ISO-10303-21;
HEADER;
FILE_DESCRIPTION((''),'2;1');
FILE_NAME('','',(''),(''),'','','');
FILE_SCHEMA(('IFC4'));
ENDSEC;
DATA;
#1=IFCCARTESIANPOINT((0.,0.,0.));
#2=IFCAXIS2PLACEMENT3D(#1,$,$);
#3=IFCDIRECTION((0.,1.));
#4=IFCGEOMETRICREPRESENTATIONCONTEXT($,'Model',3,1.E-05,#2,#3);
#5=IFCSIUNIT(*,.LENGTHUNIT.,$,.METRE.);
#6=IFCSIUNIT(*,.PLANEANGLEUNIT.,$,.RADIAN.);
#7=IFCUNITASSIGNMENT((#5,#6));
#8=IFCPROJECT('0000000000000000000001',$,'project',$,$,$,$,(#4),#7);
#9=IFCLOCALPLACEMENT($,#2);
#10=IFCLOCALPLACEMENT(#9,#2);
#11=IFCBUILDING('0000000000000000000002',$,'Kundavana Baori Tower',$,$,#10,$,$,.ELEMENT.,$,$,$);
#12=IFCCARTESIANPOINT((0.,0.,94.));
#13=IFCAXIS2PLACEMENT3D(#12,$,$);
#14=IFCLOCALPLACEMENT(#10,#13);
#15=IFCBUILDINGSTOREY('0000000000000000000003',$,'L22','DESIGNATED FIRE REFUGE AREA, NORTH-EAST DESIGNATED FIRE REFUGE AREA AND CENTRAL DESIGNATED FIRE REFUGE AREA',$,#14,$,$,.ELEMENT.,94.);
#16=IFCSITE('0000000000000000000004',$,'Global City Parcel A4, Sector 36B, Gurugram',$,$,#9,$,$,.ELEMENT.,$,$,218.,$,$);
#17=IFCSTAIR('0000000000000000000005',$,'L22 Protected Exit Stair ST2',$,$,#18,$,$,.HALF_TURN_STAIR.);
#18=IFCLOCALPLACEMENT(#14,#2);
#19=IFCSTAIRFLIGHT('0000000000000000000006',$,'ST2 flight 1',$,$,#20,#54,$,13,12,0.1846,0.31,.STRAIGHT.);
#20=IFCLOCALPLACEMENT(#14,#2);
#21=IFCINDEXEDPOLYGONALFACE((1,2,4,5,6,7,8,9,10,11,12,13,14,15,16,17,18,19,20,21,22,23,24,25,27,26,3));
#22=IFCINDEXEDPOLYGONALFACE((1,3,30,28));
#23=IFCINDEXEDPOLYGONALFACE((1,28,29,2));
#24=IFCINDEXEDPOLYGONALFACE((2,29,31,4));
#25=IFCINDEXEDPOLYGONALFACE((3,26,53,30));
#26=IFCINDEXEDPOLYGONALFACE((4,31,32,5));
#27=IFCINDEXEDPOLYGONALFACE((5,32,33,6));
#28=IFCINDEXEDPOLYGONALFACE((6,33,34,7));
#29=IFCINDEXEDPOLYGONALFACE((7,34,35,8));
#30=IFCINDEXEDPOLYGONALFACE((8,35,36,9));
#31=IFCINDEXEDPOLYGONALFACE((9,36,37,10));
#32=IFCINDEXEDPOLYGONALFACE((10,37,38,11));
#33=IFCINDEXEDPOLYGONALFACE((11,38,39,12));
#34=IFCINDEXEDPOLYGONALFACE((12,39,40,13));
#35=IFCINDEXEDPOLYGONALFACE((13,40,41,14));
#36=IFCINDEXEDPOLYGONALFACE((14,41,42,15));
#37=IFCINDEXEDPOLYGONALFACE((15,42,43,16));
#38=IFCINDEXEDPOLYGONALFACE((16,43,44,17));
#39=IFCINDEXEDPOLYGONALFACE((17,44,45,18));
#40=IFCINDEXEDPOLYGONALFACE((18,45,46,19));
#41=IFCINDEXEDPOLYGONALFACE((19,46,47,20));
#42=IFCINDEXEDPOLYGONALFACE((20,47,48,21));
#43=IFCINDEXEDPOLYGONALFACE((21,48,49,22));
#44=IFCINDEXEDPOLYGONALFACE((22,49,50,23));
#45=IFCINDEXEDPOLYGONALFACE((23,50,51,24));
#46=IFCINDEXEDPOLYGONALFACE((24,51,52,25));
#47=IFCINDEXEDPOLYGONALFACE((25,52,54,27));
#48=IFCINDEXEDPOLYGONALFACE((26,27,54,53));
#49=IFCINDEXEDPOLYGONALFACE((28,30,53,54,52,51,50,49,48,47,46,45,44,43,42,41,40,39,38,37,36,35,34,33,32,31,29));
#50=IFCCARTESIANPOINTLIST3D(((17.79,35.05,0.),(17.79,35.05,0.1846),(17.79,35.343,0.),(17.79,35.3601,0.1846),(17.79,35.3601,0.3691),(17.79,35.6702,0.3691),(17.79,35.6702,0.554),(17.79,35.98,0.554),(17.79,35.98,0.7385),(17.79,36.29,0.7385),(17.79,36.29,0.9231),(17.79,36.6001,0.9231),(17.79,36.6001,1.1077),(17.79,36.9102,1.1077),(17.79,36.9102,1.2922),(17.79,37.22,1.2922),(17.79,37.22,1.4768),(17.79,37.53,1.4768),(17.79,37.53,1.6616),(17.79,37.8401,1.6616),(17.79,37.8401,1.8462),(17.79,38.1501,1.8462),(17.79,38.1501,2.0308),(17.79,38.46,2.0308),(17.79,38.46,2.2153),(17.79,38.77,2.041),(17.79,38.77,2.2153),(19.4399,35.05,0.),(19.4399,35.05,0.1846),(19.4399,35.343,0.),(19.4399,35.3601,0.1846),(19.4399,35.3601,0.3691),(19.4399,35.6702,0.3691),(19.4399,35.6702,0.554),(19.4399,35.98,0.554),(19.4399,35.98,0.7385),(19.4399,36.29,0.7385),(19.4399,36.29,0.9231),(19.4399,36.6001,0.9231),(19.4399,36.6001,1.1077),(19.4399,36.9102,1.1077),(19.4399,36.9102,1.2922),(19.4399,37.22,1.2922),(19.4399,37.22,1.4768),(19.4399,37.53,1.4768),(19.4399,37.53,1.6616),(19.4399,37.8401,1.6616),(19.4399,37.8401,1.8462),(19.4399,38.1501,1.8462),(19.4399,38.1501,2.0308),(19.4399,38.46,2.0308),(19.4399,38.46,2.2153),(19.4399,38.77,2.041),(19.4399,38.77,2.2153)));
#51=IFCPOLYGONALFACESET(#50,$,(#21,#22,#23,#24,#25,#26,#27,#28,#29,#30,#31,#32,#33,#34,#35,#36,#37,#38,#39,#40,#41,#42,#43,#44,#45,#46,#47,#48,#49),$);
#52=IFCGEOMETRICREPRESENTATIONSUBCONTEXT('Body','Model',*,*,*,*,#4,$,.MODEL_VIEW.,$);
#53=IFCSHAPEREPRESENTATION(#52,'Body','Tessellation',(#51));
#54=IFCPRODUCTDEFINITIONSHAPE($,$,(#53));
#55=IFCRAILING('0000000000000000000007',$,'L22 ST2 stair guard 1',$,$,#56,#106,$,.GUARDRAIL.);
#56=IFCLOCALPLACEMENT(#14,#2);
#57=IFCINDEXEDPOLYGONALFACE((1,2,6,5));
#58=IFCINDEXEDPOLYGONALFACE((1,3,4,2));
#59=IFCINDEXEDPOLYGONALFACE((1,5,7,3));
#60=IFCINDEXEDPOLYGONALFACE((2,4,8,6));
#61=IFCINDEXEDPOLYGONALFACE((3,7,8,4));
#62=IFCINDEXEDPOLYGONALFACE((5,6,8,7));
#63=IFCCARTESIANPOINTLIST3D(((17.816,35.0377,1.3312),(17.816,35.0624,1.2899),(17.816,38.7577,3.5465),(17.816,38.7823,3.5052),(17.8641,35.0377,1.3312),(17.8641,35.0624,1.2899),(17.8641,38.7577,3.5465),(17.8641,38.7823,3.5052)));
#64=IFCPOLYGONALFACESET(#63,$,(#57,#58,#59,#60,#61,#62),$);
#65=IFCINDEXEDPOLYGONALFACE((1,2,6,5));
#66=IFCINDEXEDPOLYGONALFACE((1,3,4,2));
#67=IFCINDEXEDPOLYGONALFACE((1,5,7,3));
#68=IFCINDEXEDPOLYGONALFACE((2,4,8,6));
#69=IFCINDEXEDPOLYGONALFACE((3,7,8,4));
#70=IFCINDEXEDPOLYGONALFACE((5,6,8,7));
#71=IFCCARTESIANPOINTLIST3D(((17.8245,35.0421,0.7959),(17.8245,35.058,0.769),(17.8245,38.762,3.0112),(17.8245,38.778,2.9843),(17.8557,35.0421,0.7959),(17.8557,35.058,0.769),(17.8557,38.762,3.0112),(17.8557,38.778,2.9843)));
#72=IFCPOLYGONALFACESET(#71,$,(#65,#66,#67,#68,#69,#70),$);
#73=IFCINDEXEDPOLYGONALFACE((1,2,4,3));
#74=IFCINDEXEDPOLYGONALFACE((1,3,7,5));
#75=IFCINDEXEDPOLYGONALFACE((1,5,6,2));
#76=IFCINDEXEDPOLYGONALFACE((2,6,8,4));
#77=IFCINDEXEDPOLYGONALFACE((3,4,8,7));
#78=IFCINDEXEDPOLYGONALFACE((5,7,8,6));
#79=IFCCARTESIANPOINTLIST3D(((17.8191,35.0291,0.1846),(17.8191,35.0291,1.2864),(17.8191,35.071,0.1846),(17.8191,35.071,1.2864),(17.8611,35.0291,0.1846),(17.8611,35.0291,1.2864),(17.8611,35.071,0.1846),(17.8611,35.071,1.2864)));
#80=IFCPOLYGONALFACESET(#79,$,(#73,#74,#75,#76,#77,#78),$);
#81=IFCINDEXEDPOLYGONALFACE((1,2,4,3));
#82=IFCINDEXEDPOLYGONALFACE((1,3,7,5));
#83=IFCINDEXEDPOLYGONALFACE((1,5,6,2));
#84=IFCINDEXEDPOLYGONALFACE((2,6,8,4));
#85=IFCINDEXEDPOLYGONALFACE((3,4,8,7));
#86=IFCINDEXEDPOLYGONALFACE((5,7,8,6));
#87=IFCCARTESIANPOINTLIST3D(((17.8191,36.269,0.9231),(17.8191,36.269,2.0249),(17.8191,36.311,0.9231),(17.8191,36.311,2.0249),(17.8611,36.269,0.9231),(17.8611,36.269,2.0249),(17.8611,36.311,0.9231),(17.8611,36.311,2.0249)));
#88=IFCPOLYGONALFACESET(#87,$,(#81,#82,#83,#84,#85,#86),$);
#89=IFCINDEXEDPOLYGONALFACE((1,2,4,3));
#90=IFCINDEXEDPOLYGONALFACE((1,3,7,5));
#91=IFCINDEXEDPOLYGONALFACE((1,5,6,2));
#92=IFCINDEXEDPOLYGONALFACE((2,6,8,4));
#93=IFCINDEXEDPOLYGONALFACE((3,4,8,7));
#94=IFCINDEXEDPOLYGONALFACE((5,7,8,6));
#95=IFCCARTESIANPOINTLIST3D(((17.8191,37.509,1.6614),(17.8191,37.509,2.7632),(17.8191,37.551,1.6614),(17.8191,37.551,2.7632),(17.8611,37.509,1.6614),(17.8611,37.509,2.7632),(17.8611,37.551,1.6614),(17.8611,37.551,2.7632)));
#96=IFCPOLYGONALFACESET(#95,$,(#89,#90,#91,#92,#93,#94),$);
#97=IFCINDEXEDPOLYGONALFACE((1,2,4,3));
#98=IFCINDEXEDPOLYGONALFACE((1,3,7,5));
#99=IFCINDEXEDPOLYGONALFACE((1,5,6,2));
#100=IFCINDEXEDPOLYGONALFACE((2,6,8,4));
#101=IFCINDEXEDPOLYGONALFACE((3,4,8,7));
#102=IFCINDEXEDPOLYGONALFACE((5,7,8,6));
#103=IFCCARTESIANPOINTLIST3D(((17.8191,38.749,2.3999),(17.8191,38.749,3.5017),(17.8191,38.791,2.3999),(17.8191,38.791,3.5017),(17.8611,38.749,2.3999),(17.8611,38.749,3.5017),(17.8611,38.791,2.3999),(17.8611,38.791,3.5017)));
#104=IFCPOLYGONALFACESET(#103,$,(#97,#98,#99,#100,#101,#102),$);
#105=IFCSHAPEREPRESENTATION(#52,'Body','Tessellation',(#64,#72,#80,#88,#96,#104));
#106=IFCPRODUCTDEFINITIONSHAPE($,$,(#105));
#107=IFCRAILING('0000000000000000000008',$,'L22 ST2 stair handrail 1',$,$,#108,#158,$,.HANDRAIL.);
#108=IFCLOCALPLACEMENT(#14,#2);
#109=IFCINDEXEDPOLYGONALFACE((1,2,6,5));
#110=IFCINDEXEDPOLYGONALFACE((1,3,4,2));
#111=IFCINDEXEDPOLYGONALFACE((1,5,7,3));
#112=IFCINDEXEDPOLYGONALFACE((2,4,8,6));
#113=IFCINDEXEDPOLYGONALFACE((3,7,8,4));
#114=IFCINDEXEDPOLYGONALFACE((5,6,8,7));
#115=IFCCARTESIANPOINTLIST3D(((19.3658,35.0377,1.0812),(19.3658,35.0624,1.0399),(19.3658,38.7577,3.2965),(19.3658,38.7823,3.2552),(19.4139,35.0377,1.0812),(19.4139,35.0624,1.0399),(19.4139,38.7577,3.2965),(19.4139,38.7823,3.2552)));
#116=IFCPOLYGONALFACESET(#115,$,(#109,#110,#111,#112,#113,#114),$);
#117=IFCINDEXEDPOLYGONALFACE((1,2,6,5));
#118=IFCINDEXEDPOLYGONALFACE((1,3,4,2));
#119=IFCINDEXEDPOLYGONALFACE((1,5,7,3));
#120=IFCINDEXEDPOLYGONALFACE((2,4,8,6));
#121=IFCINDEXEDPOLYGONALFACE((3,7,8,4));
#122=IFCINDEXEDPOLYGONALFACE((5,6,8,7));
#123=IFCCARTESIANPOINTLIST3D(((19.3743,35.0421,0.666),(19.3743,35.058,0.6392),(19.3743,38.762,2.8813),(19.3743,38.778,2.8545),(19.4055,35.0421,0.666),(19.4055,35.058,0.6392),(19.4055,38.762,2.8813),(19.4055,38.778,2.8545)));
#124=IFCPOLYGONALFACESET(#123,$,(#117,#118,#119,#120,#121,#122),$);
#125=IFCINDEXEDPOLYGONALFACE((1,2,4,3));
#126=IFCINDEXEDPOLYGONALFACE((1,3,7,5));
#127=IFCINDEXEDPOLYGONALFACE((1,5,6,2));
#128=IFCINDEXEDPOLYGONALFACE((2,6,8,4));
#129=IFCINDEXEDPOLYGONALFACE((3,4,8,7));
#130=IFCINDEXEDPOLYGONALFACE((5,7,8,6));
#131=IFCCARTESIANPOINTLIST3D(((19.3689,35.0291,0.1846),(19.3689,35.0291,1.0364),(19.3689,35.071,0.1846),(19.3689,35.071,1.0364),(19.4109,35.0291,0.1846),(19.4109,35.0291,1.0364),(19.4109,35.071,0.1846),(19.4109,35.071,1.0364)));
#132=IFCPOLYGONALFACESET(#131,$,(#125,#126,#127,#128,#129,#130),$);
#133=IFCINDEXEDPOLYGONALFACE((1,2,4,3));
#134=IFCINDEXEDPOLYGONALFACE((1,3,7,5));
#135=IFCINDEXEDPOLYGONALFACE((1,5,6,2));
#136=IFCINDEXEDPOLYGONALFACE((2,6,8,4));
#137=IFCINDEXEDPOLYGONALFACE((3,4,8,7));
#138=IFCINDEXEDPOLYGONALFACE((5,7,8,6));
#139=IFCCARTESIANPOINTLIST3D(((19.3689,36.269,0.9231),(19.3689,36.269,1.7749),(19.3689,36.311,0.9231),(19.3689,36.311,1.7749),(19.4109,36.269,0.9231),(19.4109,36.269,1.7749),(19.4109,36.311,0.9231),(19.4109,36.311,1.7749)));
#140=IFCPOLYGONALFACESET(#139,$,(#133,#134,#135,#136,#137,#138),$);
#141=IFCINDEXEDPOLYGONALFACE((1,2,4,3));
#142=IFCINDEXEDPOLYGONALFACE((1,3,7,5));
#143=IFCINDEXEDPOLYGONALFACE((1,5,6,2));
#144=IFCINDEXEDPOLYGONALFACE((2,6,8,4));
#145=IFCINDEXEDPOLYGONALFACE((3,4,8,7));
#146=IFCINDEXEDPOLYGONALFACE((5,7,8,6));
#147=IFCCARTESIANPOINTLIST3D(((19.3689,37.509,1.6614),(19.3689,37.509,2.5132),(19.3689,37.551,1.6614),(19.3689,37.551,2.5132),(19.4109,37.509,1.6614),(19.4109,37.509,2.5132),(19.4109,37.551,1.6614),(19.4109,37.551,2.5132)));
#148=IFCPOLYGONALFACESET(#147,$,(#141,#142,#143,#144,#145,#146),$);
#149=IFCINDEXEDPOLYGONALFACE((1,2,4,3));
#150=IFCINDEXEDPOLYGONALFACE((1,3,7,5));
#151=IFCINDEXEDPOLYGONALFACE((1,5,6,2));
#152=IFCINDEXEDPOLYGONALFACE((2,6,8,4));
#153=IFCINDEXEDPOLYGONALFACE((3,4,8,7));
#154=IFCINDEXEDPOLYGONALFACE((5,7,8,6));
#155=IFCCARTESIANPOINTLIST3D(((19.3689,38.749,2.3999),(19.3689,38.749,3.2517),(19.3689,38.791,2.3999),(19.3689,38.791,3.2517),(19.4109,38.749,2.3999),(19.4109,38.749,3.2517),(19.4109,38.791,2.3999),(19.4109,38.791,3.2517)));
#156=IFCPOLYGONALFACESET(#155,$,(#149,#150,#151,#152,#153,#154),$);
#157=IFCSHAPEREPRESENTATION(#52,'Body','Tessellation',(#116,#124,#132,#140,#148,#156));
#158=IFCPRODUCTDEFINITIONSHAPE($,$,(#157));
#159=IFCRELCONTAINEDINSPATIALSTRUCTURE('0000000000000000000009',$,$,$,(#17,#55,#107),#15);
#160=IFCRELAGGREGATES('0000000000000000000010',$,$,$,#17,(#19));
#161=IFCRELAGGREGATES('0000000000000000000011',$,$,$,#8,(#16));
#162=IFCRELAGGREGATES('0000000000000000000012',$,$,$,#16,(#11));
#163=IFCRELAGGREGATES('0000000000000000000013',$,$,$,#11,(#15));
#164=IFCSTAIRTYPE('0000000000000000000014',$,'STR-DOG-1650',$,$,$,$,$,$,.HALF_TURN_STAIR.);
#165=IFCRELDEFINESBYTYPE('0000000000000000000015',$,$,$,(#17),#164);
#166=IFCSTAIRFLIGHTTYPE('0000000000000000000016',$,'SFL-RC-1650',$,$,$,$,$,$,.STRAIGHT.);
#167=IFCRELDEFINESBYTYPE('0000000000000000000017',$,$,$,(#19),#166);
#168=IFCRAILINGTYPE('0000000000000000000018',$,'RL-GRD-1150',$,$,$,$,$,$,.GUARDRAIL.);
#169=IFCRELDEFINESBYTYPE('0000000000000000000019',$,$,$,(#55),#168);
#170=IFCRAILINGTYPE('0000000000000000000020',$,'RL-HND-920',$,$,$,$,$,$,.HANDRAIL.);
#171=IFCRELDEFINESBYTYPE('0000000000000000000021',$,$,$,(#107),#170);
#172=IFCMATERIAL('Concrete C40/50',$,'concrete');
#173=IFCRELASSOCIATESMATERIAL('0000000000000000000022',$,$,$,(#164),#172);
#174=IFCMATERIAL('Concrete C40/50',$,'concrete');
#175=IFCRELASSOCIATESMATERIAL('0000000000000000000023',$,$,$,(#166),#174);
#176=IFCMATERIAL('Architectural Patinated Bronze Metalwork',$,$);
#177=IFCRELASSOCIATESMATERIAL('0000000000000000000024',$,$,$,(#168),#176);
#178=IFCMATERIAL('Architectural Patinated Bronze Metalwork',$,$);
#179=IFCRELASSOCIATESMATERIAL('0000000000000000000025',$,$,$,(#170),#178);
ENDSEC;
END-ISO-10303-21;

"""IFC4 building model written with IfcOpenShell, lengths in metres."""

from ifc_helpers import new_model, si_unit, direction, frame, origin, origin_2d, place, context, subcontext, project, spatial, polyline, rectangle, outline, extrude, material, type_object, element, aggregate, save


model = new_model("IFC4")

# Units and contexts
model_context = context("Model", 3, precision=1e-05, world=origin(), true_north=direction((0.0, 1.0)))
body_context = subcontext(model_context, "Body", "Model", "MODEL_VIEW")
ifc_project = project(units=[si_unit("LENGTHUNIT", "METRE"), si_unit("PLANEANGLEUNIT", "RADIAN")], contexts=[model_context])

# Site, building, storey
site_placement = place(None, origin())
site = spatial("IfcSite", under=ifc_project, at=site_placement, Name="Global City Parcel A4, Sector 36B, Gurugram", CompositionType="ELEMENT", RefElevation=218.0)
building_placement = place(site_placement, origin())
building = spatial("IfcBuilding", under=site, at=building_placement, Name="Kundavana Baori Tower", CompositionType="ELEMENT")
storey_placement = place(building_placement, frame((0.0, 0.0, 94.0)))
storey = spatial("IfcBuildingStorey", under=building, at=storey_placement, Name="L22", Description="DESIGNATED FIRE REFUGE AREA, NORTH-EAST DESIGNATED FIRE REFUGE AREA AND CENTRAL DESIGNATED FIRE REFUGE AREA", CompositionType="ELEMENT", Elevation=94.0)

# Stair, stair flight
ifc_material_1 = material(Name="Concrete C40/50", Category="concrete")
stair_type = type_object("IfcStairType", Name="STR-DOG-1650", PredefinedType="HALF_TURN_STAIR", material=ifc_material_1)
stair_placement = place(storey_placement, origin())
stair = element("IfcStair", 1, at=stair_placement, inside=storey, type_object=stair_type, Name="L22 Protected Exit Stair ST2", PredefinedType="HALF_TURN_STAIR")
ifc_material_2 = material(Name="Concrete C40/50", Category="concrete")
stair_flight_type = type_object("IfcStairFlightType", Name="SFL-RC-1650", PredefinedType="STRAIGHT", material=ifc_material_2)
stair_flight_placement = place(storey_placement, frame((18.615, 35.05, 0.0), z_axis=(0.0, 0.0, 1.0), x_axis=(0.0, 1.0, 0.0)))
stair_flight = element("IfcStairFlight", 2, at=stair_flight_placement, type_object=stair_flight_type, Name="ST2 flight 1", NumberOfRisers=13, NumberOfTreads=12, PredefinedType="STRAIGHT", RiserHeight=0.1846, TreadLength=0.31, context=body_context, shape_type="SweptSolid", body=[
    extrude(outline(polyline([(0.0, 0.0), (0.0, 0.1846), (0.3101, 0.1846), (0.3101, 0.3691), (0.6201, 0.3691), (0.6201, 0.554), (0.9299, 0.554), (0.9299, 0.7385), (1.24, 0.7385), (1.24, 0.9231), (1.55, 0.9231), (1.55, 1.1077), (1.8601, 1.1077), (1.8601, 1.2922), (2.1699, 1.2922), (2.1699, 1.4768), (2.48, 1.4768), (2.48, 1.6616), (2.79, 1.6616), (2.79, 1.8462), (3.1001, 1.8462), (3.1001, 2.0308), (3.4099, 2.0308), (3.4099, 2.2153), (3.72, 2.2153), (3.72, 2.3999), (3.72, 2.041), (0.293, 0.0), (0.0, 0.0)])), frame((0.0, 0.825, 0.0), z_axis=(0.0, -1.0, 0.0), x_axis=(1.0, 0.0, 0.0)), (0.0, 0.0, 1.0), 1.6499),
])
aggregate(stair, [stair_flight])

# Railings
ifc_material_3 = material(Name="Architectural Patinated Bronze Metalwork")
railing_type_1 = type_object("IfcRailingType", Name="RL-GRD-1150", PredefinedType="GUARDRAIL", material=ifc_material_3)
railing_1_placement = place(storey_placement, frame((17.8401, 35.05, 0.1846)))
element("IfcRailing", 3, at=railing_1_placement, inside=storey, type_object=railing_type_1, Name="L22 ST2 stair guard 1", PredefinedType="GUARDRAIL", context=body_context, shape_type="SweptSolid", body=[
    extrude(rectangle(XDim=0.0481, YDim=0.0481, at=origin_2d()), frame((0.0, 0.0, 1.126), z_axis=(0.0, 0.859185, 0.511665), x_axis=(-1.0, 0.0, 0.0)), (0.0, 0.0, 1.0), 4.3296),
    extrude(rectangle(XDim=0.0312, YDim=0.0312, at=origin_2d()), frame((0.0, 0.0, 0.5979), z_axis=(0.0, 0.859185, 0.511665), x_axis=(-1.0, 0.0, 0.0)), (0.0, 0.0, 1.0), 4.3296),
    extrude(rectangle(XDim=0.042, YDim=0.042, at=origin_2d()), origin(), (0.0, 0.0, 1.0), 1.1018),
    extrude(rectangle(XDim=0.042, YDim=0.042, at=origin_2d()), frame((0.0, 1.24, 0.7385)), (0.0, 0.0, 1.0), 1.1018),
    extrude(rectangle(XDim=0.042, YDim=0.042, at=origin_2d()), frame((0.0, 2.48, 1.4768)), (0.0, 0.0, 1.0), 1.1018),
    extrude(rectangle(XDim=0.042, YDim=0.042, at=origin_2d()), frame((0.0, 3.72, 2.2153)), (0.0, 0.0, 1.0), 1.1018),
])
ifc_material_4 = material(Name="Architectural Patinated Bronze Metalwork")
railing_type_2 = type_object("IfcRailingType", Name="RL-HND-920", PredefinedType="HANDRAIL", material=ifc_material_4)
railing_2_placement = place(storey_placement, frame((19.3899, 35.05, 0.1846)))
element("IfcRailing", 4, at=railing_2_placement, inside=storey, type_object=railing_type_2, Name="L22 ST2 stair handrail 1", PredefinedType="HANDRAIL", context=body_context, shape_type="SweptSolid", body=[
    extrude(rectangle(XDim=0.0481, YDim=0.0481, at=origin_2d()), frame((0.0, 0.0, 0.876), z_axis=(0.0, 0.859185, 0.511665), x_axis=(-1.0, 0.0, 0.0)), (0.0, 0.0, 1.0), 4.3296),
    extrude(rectangle(XDim=0.0312, YDim=0.0312, at=origin_2d()), frame((0.0, 0.0, 0.468), z_axis=(0.0, 0.859185, 0.511665), x_axis=(-1.0, 0.0, 0.0)), (0.0, 0.0, 1.0), 4.3296),
    extrude(rectangle(XDim=0.042, YDim=0.042, at=origin_2d()), origin(), (0.0, 0.0, 1.0), 0.8518),
    extrude(rectangle(XDim=0.042, YDim=0.042, at=origin_2d()), frame((0.0, 1.24, 0.7385)), (0.0, 0.0, 1.0), 0.8518),
    extrude(rectangle(XDim=0.042, YDim=0.042, at=origin_2d()), frame((0.0, 2.48, 1.4768)), (0.0, 0.0, 1.0), 0.8518),
    extrude(rectangle(XDim=0.042, YDim=0.042, at=origin_2d()), frame((0.0, 3.72, 2.2153)), (0.0, 0.0, 1.0), 0.8518),
])

save(model, "model.ifc")
